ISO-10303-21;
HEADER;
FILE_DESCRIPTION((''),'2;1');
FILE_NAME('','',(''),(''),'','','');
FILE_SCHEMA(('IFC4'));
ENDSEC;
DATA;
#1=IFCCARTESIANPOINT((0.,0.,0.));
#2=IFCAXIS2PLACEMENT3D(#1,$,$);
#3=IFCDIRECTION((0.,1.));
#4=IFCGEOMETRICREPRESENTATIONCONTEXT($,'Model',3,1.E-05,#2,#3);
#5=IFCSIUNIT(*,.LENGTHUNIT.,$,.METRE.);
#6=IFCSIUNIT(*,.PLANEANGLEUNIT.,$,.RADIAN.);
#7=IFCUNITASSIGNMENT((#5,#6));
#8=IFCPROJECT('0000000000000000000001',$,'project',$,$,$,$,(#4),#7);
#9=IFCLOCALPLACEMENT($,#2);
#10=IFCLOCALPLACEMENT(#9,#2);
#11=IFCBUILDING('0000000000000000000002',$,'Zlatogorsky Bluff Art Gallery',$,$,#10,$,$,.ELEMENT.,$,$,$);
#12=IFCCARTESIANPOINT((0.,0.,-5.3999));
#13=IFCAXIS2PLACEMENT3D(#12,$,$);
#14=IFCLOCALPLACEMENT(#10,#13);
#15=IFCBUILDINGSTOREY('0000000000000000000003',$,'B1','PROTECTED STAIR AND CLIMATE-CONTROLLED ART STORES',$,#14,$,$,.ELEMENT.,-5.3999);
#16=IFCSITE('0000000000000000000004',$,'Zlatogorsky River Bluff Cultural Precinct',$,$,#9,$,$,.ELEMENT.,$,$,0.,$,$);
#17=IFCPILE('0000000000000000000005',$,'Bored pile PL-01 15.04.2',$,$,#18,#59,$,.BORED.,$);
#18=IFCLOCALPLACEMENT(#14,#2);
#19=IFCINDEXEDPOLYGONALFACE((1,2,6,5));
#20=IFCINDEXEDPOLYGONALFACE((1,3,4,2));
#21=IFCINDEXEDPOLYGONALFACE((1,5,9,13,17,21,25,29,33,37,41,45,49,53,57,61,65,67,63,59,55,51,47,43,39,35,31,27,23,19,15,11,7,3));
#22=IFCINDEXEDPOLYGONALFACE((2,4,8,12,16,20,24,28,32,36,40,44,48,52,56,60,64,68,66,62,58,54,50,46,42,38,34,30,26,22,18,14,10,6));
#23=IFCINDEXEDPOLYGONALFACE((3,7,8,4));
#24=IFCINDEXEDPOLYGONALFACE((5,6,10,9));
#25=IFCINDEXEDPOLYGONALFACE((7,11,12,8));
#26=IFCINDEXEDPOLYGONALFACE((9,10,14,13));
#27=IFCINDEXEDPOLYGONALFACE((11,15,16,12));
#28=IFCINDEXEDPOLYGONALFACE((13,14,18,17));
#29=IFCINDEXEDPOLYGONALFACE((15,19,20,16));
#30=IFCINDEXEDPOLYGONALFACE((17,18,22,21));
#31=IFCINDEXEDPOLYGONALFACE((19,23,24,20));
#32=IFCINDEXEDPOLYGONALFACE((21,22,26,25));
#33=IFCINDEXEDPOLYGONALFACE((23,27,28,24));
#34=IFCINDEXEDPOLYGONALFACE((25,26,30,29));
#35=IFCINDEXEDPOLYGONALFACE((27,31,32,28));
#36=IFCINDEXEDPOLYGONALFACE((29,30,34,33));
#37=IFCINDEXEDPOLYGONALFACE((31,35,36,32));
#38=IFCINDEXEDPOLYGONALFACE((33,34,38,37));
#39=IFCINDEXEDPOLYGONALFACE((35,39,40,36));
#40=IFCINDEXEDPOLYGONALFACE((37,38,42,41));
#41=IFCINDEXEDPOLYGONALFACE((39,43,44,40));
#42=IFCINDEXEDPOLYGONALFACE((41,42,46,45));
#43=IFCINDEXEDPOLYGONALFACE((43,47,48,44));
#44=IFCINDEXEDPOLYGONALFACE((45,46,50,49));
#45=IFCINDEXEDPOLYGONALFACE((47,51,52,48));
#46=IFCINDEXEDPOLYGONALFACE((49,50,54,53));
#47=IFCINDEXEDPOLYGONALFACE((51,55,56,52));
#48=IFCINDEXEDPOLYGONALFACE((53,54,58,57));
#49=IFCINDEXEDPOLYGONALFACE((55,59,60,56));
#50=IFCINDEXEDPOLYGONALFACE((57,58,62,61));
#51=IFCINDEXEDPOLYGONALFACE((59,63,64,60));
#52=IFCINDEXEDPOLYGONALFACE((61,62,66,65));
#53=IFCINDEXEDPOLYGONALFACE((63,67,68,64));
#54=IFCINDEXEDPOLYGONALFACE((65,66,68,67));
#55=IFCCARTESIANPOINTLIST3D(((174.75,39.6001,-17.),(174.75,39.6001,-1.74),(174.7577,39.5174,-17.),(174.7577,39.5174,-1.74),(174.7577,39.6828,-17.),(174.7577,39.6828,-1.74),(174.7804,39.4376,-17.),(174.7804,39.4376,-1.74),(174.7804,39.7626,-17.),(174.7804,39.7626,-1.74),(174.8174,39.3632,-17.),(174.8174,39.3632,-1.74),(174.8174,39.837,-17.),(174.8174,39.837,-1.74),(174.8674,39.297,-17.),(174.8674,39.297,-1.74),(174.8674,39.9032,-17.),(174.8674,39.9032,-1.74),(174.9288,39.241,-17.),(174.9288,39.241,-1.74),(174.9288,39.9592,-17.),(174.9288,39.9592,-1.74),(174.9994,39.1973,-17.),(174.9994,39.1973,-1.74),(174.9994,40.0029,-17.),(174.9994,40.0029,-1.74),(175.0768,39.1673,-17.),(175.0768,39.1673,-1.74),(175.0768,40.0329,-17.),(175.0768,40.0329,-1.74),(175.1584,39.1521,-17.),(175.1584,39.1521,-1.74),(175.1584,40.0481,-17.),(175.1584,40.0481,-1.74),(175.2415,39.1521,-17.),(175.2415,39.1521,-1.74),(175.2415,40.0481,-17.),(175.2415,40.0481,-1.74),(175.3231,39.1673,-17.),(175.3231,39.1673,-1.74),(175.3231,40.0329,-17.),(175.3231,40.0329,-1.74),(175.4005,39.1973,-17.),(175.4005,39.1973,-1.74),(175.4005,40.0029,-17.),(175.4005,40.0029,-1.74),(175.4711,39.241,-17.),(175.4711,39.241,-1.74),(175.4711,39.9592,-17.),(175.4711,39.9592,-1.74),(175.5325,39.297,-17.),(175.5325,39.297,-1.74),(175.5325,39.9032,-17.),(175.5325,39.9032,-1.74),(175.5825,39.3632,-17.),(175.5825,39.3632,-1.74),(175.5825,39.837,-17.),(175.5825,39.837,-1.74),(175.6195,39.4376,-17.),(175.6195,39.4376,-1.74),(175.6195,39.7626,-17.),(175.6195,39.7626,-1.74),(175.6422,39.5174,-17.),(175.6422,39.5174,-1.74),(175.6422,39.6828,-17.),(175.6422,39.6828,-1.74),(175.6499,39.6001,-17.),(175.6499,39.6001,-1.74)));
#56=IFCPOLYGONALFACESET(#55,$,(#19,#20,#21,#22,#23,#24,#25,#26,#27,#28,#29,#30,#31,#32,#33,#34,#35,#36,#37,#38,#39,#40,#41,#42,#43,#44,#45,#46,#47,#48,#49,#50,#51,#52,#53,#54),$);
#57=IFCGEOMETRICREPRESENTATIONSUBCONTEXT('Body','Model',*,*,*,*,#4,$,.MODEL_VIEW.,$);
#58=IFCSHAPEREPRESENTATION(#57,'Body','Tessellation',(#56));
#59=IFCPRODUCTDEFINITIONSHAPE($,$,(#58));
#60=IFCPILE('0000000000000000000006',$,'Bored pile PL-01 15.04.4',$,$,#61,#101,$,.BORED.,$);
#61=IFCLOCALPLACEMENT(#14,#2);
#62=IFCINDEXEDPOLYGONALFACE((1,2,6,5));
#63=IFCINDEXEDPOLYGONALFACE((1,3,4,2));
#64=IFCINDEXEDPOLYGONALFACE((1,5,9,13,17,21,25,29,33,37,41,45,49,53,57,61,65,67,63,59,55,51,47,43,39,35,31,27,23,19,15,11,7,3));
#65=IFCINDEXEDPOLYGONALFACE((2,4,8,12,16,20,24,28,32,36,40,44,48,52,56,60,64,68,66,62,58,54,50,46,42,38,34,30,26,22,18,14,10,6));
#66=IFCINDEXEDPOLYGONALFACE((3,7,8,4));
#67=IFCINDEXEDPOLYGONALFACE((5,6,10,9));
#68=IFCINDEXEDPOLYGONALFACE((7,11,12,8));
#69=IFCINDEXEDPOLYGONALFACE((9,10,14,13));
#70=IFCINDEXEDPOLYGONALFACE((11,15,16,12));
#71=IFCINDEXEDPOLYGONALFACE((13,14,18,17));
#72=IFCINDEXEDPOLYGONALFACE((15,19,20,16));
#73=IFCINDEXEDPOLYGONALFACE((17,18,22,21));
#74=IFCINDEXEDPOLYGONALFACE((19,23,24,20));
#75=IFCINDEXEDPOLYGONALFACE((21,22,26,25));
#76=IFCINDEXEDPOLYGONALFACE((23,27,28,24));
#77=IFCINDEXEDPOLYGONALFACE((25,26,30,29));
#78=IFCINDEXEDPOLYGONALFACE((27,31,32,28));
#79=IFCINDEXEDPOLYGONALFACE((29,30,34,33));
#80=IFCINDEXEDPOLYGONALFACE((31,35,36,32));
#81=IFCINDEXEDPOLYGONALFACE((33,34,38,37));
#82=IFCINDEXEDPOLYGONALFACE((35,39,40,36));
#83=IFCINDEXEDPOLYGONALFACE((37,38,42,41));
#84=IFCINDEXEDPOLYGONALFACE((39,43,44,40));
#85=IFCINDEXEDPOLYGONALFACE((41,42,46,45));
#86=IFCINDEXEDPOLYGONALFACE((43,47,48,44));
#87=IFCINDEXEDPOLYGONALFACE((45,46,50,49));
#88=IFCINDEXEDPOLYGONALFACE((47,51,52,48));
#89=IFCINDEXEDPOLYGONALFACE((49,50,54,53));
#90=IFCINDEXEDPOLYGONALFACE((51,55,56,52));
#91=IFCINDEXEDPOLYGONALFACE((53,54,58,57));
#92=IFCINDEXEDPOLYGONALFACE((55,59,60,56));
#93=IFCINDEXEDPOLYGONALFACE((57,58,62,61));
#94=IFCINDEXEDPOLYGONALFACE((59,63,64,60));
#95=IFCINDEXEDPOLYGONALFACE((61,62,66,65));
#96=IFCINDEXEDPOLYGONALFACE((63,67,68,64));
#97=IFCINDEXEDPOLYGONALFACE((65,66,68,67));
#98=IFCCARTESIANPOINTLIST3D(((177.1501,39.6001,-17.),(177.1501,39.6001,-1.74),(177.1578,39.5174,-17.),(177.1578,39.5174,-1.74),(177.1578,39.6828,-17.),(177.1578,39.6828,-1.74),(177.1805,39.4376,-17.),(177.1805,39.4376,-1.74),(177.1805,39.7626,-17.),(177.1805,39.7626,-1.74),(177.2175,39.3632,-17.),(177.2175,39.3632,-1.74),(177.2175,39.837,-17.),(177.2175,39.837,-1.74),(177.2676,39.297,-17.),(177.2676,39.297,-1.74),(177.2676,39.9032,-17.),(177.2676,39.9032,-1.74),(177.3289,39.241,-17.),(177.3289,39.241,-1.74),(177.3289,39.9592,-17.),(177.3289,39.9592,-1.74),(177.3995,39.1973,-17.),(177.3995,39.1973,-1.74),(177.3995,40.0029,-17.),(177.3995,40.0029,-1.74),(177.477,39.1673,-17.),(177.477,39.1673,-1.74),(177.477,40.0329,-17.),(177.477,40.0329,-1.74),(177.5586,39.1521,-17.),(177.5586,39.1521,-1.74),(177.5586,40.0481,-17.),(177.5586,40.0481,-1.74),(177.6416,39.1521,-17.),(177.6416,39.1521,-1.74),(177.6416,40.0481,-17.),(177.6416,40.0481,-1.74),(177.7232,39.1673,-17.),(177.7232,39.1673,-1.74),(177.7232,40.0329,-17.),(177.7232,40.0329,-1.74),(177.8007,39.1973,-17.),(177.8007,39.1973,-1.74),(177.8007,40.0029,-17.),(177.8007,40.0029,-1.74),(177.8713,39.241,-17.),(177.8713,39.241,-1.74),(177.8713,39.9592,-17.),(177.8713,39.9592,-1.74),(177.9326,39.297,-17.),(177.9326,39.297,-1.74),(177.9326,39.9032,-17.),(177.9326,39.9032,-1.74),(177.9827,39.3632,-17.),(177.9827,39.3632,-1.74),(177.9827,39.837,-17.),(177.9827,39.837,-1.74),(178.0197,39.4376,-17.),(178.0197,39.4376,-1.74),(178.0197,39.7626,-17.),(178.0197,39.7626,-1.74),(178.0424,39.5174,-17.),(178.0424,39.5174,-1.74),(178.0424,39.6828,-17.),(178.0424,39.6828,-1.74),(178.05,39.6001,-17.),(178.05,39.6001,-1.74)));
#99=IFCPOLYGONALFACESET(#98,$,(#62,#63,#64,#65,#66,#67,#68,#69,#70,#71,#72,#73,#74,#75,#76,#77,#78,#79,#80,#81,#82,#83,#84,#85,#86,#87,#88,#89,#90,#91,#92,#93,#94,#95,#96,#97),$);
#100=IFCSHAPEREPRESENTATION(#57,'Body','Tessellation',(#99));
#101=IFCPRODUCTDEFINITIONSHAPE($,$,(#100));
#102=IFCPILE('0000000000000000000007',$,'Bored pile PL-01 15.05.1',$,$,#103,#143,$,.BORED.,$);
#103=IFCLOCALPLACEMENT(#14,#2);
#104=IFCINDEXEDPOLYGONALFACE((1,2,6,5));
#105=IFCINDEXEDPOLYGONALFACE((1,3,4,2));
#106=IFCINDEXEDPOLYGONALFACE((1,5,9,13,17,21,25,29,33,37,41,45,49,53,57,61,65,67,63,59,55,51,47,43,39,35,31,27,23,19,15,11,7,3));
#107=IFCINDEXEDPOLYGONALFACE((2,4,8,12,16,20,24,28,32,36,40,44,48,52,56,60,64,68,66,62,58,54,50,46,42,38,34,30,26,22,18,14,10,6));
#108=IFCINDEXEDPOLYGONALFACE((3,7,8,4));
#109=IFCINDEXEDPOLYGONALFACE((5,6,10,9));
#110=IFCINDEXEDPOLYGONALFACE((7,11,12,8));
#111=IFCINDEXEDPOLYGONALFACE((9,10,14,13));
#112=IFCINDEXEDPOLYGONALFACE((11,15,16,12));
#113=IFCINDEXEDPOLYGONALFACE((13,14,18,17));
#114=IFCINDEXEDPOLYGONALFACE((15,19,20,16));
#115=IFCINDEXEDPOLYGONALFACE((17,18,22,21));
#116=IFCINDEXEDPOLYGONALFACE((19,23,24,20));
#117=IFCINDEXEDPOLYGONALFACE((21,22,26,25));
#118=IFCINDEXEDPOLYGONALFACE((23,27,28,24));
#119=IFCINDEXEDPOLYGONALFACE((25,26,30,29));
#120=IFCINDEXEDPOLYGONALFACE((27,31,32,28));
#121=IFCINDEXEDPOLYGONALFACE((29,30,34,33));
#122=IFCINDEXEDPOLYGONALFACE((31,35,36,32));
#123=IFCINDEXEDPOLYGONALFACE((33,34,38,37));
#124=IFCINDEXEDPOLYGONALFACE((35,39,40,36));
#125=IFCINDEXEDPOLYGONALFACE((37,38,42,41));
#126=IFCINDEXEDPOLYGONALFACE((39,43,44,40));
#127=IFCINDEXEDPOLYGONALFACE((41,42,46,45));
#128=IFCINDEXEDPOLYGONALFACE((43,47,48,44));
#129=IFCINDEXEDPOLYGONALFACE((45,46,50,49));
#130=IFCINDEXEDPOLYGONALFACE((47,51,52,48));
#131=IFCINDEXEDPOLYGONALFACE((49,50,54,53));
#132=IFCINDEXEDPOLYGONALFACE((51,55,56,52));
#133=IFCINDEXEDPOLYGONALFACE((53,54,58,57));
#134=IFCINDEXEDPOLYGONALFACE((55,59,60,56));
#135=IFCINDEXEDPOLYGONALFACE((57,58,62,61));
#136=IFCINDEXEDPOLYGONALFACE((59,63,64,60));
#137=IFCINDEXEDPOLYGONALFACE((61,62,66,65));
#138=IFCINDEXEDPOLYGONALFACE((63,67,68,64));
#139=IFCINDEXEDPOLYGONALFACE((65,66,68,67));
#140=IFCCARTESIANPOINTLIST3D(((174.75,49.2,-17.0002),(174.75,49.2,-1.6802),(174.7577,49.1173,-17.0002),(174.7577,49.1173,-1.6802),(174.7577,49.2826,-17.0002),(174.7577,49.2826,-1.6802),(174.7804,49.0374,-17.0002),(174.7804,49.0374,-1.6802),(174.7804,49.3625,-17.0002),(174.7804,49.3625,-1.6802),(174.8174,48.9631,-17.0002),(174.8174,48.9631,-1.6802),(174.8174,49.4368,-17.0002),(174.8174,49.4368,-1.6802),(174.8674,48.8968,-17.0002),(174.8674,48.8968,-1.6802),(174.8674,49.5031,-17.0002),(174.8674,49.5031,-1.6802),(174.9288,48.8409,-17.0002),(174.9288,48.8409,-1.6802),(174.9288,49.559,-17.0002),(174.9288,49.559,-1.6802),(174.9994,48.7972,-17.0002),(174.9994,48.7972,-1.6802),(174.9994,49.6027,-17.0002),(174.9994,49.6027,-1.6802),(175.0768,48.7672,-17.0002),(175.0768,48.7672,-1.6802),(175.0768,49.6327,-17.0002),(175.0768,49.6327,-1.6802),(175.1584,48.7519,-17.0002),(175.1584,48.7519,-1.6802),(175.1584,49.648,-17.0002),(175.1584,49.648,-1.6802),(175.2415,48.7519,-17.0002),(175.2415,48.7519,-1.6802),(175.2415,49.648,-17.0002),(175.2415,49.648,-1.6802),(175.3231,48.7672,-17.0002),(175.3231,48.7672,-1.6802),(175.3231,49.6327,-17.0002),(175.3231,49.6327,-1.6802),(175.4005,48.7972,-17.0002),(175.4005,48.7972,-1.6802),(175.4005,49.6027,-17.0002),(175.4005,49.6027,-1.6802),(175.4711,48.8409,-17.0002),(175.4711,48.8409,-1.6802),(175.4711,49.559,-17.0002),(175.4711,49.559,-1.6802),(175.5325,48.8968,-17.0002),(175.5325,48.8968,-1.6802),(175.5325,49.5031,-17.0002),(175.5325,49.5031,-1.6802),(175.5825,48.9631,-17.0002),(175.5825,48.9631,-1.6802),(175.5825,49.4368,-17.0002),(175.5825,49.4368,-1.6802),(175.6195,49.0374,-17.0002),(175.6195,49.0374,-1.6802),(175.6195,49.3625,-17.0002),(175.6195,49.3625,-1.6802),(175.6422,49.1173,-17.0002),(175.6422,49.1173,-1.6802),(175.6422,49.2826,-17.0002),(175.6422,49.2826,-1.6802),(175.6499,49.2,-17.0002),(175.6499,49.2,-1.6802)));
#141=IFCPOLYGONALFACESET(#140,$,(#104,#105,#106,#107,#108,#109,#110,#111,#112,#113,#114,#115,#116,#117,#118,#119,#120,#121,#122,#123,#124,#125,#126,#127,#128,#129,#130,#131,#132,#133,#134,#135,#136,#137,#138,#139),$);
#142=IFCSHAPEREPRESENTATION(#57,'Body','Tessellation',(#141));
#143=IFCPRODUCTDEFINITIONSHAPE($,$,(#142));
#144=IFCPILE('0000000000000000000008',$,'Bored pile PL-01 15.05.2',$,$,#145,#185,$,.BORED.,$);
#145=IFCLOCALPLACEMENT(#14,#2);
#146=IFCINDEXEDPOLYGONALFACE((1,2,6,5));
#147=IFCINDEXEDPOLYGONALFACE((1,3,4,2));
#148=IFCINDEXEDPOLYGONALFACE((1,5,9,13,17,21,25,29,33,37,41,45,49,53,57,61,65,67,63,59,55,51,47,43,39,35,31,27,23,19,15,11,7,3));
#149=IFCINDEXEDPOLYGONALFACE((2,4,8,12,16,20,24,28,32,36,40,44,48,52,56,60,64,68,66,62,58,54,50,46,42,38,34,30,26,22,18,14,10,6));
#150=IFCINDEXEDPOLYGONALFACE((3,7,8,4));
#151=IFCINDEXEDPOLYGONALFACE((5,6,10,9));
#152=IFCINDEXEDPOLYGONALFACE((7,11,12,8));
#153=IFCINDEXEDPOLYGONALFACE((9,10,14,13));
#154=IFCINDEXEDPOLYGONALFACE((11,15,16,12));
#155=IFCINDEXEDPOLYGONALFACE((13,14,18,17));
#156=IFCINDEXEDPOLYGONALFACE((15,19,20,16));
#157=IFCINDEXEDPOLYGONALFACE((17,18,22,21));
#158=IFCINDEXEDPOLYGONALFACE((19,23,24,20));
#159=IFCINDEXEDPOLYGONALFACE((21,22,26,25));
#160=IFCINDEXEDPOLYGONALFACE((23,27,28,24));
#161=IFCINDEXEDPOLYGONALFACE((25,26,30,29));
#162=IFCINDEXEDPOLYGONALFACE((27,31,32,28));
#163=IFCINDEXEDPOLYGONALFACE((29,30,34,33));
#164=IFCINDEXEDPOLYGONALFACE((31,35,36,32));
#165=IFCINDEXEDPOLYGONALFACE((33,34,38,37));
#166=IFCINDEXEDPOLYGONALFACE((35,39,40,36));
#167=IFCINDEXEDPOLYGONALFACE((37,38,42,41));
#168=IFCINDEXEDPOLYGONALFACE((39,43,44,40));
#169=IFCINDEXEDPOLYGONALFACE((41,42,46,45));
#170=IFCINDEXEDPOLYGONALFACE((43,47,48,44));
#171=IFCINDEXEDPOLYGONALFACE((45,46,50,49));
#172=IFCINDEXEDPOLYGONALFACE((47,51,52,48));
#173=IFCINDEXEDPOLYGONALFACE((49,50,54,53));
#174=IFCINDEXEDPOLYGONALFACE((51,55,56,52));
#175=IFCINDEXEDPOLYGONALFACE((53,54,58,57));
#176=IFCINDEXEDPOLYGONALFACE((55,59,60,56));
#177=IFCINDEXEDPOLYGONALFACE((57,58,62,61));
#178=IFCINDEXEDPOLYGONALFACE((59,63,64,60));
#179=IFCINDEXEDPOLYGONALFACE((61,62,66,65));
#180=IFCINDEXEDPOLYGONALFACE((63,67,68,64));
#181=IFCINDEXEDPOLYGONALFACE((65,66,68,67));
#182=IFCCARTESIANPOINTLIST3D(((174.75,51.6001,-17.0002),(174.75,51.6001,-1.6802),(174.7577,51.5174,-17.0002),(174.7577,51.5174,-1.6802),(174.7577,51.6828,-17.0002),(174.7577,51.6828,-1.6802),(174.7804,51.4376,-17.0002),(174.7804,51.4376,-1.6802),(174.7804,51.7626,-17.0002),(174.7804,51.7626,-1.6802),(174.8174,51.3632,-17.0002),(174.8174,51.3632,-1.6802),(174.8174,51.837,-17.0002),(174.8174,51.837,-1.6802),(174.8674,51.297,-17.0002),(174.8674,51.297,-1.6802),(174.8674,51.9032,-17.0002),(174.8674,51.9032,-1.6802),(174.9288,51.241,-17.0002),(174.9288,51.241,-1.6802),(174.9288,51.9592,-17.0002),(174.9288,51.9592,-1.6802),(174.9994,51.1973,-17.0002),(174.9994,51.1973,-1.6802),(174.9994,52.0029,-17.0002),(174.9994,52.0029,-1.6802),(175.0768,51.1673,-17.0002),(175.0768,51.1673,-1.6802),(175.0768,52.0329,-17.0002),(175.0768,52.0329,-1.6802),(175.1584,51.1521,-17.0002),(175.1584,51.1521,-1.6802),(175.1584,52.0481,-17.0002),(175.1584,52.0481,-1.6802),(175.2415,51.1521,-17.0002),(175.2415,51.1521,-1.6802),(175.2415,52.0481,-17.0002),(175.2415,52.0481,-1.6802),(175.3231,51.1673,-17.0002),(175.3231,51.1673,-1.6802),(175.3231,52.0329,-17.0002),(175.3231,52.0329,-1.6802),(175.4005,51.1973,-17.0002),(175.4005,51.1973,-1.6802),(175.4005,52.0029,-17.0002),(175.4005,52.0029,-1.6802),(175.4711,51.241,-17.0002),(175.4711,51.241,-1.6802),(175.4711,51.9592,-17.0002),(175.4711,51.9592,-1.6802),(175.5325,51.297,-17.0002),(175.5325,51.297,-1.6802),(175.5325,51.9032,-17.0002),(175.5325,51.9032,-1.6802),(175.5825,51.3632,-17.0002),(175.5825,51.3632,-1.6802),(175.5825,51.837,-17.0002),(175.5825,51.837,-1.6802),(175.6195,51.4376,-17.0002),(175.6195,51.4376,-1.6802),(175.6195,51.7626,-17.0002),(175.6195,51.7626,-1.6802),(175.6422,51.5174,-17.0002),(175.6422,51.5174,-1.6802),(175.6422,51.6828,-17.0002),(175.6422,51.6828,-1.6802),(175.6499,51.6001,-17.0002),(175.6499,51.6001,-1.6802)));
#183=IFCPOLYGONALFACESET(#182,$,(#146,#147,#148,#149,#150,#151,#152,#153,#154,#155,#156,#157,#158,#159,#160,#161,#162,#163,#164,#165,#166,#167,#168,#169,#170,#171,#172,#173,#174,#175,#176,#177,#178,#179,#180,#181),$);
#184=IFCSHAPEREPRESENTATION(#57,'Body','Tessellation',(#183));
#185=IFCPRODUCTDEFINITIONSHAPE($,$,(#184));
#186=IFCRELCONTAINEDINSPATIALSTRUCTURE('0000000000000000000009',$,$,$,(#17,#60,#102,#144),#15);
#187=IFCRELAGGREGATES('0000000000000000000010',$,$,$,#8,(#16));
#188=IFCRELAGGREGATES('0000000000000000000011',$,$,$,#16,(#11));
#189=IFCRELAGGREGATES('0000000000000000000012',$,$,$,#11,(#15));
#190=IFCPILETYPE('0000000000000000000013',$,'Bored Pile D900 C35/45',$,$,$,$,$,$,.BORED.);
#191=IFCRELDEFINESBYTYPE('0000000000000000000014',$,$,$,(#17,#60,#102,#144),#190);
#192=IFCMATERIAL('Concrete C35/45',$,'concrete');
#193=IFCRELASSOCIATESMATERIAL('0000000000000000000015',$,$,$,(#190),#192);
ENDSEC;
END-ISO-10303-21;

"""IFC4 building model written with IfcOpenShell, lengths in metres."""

from ifc_helpers import new_model, si_unit, direction, frame, origin, origin_2d, place, context, subcontext, project, spatial, circle, extrude, material, material_profile, profile_set, type_object, element, save


model = new_model("IFC4")

# Units and contexts
model_context = context("Model", 3, precision=1e-05, world=origin(), true_north=direction((0.0, 1.0)))
body_context = subcontext(model_context, "Body", "Model", "MODEL_VIEW")
ifc_project = project(units=[si_unit("LENGTHUNIT", "METRE"), si_unit("PLANEANGLEUNIT", "RADIAN")], contexts=[model_context])

# Site, building, storey
site_placement = place(None, origin())
site = spatial("IfcSite", under=ifc_project, at=site_placement, Name="Zlatogorsky River Bluff Cultural Precinct", CompositionType="ELEMENT", RefElevation=0.0)
building_placement = place(site_placement, origin())
building = spatial("IfcBuilding", under=site, at=building_placement, Name="Zlatogorsky Bluff Art Gallery", CompositionType="ELEMENT")
storey_placement = place(building_placement, frame((0.0, 0.0, -5.3999)))
storey = spatial("IfcBuildingStorey", under=building, at=storey_placement, Name="B1", Description="PROTECTED STAIR AND CLIMATE-CONTROLLED ART STORES", CompositionType="ELEMENT", Elevation=-5.3999)

# Piles
ifc_material_1 = material(Name="Concrete C35/45", Category="concrete")
ifc_material_profile_1 = material_profile(ifc_material_1, circle(Radius=0.45, at=origin_2d()), Name="BORED PILE D900")
ifc_profile_set_1 = profile_set([ifc_material_profile_1], Name="Concrete C35/45")
pile_type = type_object("IfcPileType", Name="Bored Pile D900 C35/45", PredefinedType="BORED", material=ifc_profile_set_1)
for number, where, z_axis, x_axis, name in (
    (1, (175.2, 39.6001, -1.74), (0.0, 0.0, -1.0), (1.0, 0.0, 0.0), "Bored pile PL-01 15.04.2"),
    (2, (177.6001, 39.6001, -1.74), (0.0, 0.0, -1.0), (1.0, 0.0, 0.0), "Bored pile PL-01 15.04.4"),
):
    element("IfcPile", number, at=place(storey_placement, frame(where, z_axis=z_axis, x_axis=x_axis)), inside=storey, type_object=pile_type, Name=name, PredefinedType="BORED", context=body_context, shape_type="SweptSolid", body=[
        extrude(circle(Radius=0.45, at=origin_2d()), origin(), (0.0, 0.0, 1.0), 15.26),
    ])
for number, where, z_axis, x_axis, name in (
    (3, (175.2, 49.2, -1.6802), (0.0, 0.0, -1.0), (1.0, 0.0, 0.0), "Bored pile PL-01 15.05.1"),
    (4, (175.2, 51.6001, -1.6802), (0.0, 0.0, -1.0), (1.0, 0.0, 0.0), "Bored pile PL-01 15.05.2"),
):
    element("IfcPile", number, at=place(storey_placement, frame(where, z_axis=z_axis, x_axis=x_axis)), inside=storey, type_object=pile_type, Name=name, PredefinedType="BORED", context=body_context, shape_type="SweptSolid", body=[
        extrude(circle(Radius=0.45, at=origin_2d()), origin(), (0.0, 0.0, 1.0), 15.3201),
    ])

save(model, "model.ifc")
